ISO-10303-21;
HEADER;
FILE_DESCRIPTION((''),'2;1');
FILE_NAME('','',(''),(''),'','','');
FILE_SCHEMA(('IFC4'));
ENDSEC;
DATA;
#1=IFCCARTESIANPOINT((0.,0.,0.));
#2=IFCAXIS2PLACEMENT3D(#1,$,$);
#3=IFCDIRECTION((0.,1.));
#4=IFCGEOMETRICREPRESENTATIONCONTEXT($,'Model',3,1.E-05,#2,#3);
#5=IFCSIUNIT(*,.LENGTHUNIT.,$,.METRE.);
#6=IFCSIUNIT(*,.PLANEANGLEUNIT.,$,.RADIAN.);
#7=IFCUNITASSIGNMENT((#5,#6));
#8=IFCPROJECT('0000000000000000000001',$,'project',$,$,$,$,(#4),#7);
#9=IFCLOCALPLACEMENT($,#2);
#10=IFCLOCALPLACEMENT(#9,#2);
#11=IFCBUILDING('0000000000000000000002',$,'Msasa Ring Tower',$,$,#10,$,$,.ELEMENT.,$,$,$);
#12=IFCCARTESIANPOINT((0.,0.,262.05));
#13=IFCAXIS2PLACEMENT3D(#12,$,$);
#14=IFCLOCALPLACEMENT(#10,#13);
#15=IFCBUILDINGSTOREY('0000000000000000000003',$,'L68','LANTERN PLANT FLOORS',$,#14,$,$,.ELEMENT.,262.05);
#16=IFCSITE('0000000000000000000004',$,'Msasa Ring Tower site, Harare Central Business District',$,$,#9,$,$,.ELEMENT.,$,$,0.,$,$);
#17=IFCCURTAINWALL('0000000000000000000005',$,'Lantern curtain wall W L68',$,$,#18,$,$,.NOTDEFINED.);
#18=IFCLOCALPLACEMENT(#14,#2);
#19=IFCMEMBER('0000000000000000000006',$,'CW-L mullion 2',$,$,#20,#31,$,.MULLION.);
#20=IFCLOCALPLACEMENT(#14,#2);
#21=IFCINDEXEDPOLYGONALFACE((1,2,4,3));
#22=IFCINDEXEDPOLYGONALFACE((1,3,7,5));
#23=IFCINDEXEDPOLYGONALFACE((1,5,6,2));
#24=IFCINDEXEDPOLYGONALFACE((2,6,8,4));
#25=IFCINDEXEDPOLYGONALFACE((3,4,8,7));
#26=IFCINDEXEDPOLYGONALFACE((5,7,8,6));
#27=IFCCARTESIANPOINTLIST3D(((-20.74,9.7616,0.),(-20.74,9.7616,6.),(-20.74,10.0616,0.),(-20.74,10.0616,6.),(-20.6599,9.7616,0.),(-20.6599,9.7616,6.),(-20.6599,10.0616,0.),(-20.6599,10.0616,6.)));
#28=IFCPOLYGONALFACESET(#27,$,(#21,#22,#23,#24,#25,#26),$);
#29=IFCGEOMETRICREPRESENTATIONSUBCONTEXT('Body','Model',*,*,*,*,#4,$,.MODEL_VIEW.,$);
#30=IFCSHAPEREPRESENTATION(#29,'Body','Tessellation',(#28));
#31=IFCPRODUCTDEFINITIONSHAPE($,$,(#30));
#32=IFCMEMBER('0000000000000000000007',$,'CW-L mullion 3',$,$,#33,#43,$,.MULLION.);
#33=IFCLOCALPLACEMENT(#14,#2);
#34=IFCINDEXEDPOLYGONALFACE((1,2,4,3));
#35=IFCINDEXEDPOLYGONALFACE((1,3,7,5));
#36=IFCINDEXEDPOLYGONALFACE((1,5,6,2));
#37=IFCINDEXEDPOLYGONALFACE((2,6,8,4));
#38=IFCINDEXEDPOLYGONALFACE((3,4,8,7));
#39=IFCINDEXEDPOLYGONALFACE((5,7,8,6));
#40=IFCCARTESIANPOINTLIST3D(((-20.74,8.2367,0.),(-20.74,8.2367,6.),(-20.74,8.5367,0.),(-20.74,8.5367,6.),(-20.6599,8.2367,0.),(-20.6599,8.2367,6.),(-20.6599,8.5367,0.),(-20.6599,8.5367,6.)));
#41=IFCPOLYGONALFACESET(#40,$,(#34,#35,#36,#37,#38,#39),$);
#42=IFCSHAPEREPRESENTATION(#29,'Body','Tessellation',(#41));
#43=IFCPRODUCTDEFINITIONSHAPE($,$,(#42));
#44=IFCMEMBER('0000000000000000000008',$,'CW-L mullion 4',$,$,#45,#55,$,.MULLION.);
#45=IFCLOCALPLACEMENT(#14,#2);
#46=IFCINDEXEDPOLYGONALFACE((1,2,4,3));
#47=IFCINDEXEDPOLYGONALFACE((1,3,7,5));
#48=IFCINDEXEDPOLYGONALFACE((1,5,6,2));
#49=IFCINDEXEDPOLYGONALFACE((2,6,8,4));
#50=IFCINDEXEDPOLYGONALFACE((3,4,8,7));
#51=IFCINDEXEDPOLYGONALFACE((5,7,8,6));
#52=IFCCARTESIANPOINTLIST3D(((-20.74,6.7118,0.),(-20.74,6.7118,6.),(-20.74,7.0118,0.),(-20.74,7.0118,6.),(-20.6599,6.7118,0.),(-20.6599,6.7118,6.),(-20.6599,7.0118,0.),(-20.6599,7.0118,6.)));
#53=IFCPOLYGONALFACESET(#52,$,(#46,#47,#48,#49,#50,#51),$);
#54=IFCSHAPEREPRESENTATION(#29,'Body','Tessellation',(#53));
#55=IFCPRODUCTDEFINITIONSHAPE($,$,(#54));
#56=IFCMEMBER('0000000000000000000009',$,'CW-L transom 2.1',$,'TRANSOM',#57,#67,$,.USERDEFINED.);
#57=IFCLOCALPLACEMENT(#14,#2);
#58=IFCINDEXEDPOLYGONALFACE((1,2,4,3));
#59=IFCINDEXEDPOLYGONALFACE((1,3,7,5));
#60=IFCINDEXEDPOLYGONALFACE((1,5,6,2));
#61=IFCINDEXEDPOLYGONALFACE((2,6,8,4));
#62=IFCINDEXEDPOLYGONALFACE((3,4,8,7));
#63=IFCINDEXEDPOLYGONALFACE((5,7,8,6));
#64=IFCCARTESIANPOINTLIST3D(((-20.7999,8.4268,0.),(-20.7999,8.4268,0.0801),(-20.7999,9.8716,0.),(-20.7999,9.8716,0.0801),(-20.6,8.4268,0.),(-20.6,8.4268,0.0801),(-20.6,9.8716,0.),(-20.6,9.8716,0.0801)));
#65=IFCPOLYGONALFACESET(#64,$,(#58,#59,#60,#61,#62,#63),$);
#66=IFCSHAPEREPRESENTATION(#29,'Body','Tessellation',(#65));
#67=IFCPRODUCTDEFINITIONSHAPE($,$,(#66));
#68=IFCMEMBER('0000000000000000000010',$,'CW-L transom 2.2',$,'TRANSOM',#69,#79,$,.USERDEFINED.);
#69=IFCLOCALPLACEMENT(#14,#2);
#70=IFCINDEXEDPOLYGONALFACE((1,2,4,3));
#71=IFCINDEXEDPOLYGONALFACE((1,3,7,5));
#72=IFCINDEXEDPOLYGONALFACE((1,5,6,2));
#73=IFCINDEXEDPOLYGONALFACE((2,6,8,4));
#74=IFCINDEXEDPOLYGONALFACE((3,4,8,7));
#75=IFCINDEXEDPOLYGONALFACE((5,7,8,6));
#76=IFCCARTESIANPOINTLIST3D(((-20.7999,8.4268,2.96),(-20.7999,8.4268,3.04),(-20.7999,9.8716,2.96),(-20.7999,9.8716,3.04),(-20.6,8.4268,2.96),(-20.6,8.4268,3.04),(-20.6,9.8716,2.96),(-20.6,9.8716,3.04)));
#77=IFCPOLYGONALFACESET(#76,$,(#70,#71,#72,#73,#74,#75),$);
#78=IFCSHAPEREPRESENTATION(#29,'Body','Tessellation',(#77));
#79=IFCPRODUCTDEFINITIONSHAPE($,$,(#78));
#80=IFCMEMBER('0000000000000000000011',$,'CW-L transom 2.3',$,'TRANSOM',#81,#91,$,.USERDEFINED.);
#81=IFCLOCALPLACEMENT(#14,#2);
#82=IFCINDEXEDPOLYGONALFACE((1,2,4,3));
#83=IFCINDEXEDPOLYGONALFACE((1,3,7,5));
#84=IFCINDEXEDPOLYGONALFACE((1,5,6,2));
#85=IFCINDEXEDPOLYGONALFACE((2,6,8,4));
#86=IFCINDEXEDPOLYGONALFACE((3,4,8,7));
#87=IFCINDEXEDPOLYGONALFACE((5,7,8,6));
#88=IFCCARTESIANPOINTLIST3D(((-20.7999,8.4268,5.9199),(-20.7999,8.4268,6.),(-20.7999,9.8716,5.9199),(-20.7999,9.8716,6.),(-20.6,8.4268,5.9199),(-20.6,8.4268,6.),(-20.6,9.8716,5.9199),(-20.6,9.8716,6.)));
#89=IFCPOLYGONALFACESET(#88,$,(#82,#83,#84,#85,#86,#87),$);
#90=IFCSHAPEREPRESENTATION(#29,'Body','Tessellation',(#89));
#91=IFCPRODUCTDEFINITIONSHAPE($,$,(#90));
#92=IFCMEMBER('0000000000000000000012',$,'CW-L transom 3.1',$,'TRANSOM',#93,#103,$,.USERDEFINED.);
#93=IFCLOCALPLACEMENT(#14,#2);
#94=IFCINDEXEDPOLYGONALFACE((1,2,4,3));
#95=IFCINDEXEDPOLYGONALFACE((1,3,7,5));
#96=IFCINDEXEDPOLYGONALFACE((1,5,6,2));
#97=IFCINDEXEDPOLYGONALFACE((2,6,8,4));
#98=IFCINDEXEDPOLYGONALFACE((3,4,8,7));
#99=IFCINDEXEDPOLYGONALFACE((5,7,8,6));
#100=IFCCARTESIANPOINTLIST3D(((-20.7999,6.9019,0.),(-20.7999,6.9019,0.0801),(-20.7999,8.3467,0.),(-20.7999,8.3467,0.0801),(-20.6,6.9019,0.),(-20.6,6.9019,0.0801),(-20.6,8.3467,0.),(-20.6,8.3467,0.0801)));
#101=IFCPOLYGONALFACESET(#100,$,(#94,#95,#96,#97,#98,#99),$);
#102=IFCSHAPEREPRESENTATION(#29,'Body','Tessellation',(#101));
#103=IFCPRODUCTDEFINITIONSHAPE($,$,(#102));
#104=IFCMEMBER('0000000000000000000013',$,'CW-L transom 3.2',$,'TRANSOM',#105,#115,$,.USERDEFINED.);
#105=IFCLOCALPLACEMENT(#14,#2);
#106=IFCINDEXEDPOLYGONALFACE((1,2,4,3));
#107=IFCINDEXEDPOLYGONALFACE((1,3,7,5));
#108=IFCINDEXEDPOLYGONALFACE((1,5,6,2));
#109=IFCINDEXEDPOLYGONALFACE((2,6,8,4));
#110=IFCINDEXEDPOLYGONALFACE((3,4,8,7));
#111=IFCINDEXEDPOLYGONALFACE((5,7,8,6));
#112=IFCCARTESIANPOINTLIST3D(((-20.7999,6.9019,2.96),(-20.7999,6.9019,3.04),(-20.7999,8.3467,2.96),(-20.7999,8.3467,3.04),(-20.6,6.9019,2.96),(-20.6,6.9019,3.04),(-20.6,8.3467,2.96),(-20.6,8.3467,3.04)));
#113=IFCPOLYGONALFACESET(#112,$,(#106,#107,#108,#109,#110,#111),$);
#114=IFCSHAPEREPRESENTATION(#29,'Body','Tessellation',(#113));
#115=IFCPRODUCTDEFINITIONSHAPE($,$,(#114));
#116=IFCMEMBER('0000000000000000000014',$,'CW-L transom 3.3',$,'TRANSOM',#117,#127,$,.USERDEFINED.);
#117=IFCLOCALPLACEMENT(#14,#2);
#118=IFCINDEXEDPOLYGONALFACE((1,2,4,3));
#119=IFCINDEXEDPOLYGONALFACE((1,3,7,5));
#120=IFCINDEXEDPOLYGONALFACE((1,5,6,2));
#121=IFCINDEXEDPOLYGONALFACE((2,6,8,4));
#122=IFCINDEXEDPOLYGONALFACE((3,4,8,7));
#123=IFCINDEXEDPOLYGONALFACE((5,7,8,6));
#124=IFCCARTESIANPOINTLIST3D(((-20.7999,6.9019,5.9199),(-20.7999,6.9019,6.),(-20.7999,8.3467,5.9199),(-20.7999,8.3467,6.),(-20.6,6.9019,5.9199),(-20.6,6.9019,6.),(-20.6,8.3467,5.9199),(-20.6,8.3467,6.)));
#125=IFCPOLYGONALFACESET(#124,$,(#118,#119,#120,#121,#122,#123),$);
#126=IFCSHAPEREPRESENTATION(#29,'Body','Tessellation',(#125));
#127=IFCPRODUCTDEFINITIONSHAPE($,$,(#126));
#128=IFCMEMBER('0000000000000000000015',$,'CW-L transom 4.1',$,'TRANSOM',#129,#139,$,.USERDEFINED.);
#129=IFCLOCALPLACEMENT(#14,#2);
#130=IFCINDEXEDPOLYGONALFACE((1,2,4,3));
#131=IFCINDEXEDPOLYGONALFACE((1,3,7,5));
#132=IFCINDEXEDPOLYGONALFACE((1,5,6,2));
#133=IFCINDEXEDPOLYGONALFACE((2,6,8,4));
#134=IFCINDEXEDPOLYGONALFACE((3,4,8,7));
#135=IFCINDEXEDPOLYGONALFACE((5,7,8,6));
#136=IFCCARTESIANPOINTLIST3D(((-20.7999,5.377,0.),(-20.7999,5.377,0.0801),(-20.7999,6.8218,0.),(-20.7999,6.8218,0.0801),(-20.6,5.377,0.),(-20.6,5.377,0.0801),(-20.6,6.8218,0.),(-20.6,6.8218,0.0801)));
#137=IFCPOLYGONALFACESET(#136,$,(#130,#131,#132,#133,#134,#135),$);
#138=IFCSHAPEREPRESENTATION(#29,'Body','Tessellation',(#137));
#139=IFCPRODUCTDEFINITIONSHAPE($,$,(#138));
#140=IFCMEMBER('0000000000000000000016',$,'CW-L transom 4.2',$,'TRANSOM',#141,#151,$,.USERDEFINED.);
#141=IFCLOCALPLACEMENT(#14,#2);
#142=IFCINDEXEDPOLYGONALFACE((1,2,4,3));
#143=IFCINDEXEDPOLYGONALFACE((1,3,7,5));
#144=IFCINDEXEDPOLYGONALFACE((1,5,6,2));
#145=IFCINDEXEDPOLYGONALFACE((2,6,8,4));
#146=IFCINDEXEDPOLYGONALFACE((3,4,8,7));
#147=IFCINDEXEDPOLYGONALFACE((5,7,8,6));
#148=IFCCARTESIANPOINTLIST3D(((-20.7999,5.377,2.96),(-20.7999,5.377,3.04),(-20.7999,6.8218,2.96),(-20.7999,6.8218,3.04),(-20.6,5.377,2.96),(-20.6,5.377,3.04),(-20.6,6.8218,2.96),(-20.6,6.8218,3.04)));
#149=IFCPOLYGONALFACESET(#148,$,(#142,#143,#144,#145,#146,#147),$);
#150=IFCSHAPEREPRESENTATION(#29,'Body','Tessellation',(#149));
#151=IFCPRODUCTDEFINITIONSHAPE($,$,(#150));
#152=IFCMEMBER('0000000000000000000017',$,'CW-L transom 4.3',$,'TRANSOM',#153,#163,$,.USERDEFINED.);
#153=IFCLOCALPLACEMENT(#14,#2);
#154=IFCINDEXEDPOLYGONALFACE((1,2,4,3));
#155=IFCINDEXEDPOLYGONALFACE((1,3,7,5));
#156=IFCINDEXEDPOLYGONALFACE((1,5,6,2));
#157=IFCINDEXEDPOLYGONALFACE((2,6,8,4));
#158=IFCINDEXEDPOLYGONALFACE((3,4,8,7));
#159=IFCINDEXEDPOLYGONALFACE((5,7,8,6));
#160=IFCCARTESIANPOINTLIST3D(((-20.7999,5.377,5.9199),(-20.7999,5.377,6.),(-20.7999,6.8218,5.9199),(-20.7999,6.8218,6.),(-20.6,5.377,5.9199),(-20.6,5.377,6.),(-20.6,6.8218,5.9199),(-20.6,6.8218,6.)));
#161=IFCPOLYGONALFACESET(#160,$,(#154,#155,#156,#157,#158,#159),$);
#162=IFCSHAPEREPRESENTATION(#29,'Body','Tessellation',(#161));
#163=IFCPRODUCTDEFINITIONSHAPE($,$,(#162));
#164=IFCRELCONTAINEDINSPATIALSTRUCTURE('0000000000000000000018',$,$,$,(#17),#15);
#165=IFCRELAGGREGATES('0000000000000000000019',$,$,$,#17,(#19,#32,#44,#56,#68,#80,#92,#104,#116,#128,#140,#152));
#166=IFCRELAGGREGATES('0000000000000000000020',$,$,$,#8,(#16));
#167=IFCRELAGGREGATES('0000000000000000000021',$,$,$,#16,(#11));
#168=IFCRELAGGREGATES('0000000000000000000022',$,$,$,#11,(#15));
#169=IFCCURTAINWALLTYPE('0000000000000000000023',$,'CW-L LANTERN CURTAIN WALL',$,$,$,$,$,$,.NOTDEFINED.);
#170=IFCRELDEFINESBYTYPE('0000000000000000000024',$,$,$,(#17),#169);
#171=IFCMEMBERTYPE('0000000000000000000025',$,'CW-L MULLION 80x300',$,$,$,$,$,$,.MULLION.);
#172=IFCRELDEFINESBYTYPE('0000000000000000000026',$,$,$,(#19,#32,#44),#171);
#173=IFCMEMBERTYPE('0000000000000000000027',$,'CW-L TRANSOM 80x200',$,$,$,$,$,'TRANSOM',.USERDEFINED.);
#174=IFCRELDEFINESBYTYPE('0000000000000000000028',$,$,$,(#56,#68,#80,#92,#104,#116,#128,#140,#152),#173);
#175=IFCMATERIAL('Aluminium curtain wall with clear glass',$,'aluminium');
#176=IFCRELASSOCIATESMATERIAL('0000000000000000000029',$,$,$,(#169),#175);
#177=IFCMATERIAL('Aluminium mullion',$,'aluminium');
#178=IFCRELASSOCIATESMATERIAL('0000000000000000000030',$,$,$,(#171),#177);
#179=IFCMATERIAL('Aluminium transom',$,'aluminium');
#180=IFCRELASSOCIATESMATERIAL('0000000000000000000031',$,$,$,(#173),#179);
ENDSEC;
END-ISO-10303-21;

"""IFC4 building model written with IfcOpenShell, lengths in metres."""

from ifc_helpers import new_model, si_unit, direction, frame, origin, origin_2d, place, context, subcontext, project, spatial, rectangle, extrude, material, material_profile, profile_set, type_object, element, aggregate, save


model = new_model("IFC4")

# Units and contexts
model_context = context("Model", 3, precision=1e-05, world=origin(), true_north=direction((0.0, 1.0)))
body_context = subcontext(model_context, "Body", "Model", "MODEL_VIEW")
ifc_project = project(units=[si_unit("LENGTHUNIT", "METRE"), si_unit("PLANEANGLEUNIT", "RADIAN")], contexts=[model_context])

# Site, building, storey
site_placement = place(None, origin())
site = spatial("IfcSite", under=ifc_project, at=site_placement, Name="Msasa Ring Tower site, Harare Central Business District", CompositionType="ELEMENT", RefElevation=0.0)
building_placement = place(site_placement, origin())
building = spatial("IfcBuilding", under=site, at=building_placement, Name="Msasa Ring Tower", CompositionType="ELEMENT")
storey_placement = place(building_placement, frame((0.0, 0.0, 262.05)))
storey = spatial("IfcBuildingStorey", under=building, at=storey_placement, Name="L68", Description="LANTERN PLANT FLOORS", CompositionType="ELEMENT", Elevation=262.05)

# Curtain wall, members
ifc_material_1 = material(Name="Aluminium curtain wall with clear glass", Category="aluminium")
curtain_wall_type = type_object("IfcCurtainWallType", Name="CW-L LANTERN CURTAIN WALL", PredefinedType="NOTDEFINED", material=ifc_material_1)
curtain_wall_placement = place(storey_placement, origin())
curtain_wall = element("IfcCurtainWall", 1, at=curtain_wall_placement, inside=storey, type_object=curtain_wall_type, Name="Lantern curtain wall W L68", PredefinedType="NOTDEFINED")
ifc_material_2 = material(Name="Aluminium mullion", Category="aluminium")
ifc_material_profile_1 = material_profile(ifc_material_2, rectangle(XDim=0.0801, YDim=0.3, at=origin_2d()), Name="AL 80x300")
ifc_profile_set_1 = profile_set([ifc_material_profile_1], Name="Aluminium mullion")
member_type_1 = type_object("IfcMemberType", Name="CW-L MULLION 80x300", PredefinedType="MULLION", material=ifc_profile_set_1)
member_1_placement = place(storey_placement, frame((-20.7, 9.9116, 0.0), z_axis=(0.0, 0.0, 1.0), x_axis=(1.0, 0.0, 0.0)))
member_1 = element("IfcMember", 2, at=member_1_placement, type_object=member_type_1, Name="CW-L mullion 2", PredefinedType="MULLION", context=body_context, shape_type="SweptSolid", body=[
    extrude(rectangle(XDim=0.0801, YDim=0.3, at=origin_2d()), origin(), (0.0, 0.0, 1.0), 6.0),
])
member_2_placement = place(storey_placement, frame((-20.7, 8.3867, 0.0), z_axis=(0.0, 0.0, 1.0), x_axis=(1.0, 0.0, 0.0)))
member_2 = element("IfcMember", 3, at=member_2_placement, type_object=member_type_1, Name="CW-L mullion 3", PredefinedType="MULLION", context=body_context, shape_type="SweptSolid", body=[
    extrude(rectangle(XDim=0.0801, YDim=0.3, at=origin_2d()), origin(), (0.0, 0.0, 1.0), 6.0),
])
member_3_placement = place(storey_placement, frame((-20.7, 6.8618, 0.0), z_axis=(0.0, 0.0, 1.0), x_axis=(1.0, 0.0, 0.0)))
member_3 = element("IfcMember", 4, at=member_3_placement, type_object=member_type_1, Name="CW-L mullion 4", PredefinedType="MULLION", context=body_context, shape_type="SweptSolid", body=[
    extrude(rectangle(XDim=0.0801, YDim=0.3, at=origin_2d()), origin(), (0.0, 0.0, 1.0), 6.0),
])
ifc_material_3 = material(Name="Aluminium transom", Category="aluminium")
ifc_material_profile_2 = material_profile(ifc_material_3, rectangle(XDim=0.2, YDim=0.0801, at=origin_2d()), Name="AL 80x200")
ifc_profile_set_2 = profile_set([ifc_material_profile_2], Name="Aluminium transom")
member_type_2 = type_object("IfcMemberType", Name="CW-L TRANSOM 80x200", ElementType="TRANSOM", PredefinedType="USERDEFINED", material=ifc_profile_set_2)
member_4_placement = place(storey_placement, frame((-20.7, 9.8716, 0.04), z_axis=(0.0, -1.0, 0.0), x_axis=(1.0, 0.0, 0.0)))
member_4 = element("IfcMember", 5, at=member_4_placement, type_object=member_type_2, Name="CW-L transom 2.1", ObjectType="TRANSOM", PredefinedType="USERDEFINED", context=body_context, shape_type="SweptSolid", body=[
    extrude(rectangle(XDim=0.2, YDim=0.0801, at=origin_2d()), origin(), (0.0, 0.0, 1.0), 1.4448),
])
member_5_placement = place(storey_placement, frame((-20.7, 9.8716, 3.0), z_axis=(0.0, -1.0, 0.0), x_axis=(1.0, 0.0, 0.0)))
member_5 = element("IfcMember", 6, at=member_5_placement, type_object=member_type_2, Name="CW-L transom 2.2", ObjectType="TRANSOM", PredefinedType="USERDEFINED", context=body_context, shape_type="SweptSolid", body=[
    extrude(rectangle(XDim=0.2, YDim=0.0801, at=origin_2d()), origin(), (0.0, 0.0, 1.0), 1.4448),
])
member_6_placement = place(storey_placement, frame((-20.7, 9.8716, 5.96), z_axis=(0.0, -1.0, 0.0), x_axis=(1.0, 0.0, 0.0)))
member_6 = element("IfcMember", 7, at=member_6_placement, type_object=member_type_2, Name="CW-L transom 2.3", ObjectType="TRANSOM", PredefinedType="USERDEFINED", context=body_context, shape_type="SweptSolid", body=[
    extrude(rectangle(XDim=0.2, YDim=0.0801, at=origin_2d()), origin(), (0.0, 0.0, 1.0), 1.4448),
])
member_7_placement = place(storey_placement, frame((-20.7, 8.3467, 0.04), z_axis=(0.0, -1.0, 0.0), x_axis=(1.0, 0.0, 0.0)))
member_7 = element("IfcMember", 8, at=member_7_placement, type_object=member_type_2, Name="CW-L transom 3.1", ObjectType="TRANSOM", PredefinedType="USERDEFINED", context=body_context, shape_type="SweptSolid", body=[
    extrude(rectangle(XDim=0.2, YDim=0.0801, at=origin_2d()), origin(), (0.0, 0.0, 1.0), 1.4448),
])
member_8_placement = place(storey_placement, frame((-20.7, 8.3467, 3.0), z_axis=(0.0, -1.0, 0.0), x_axis=(1.0, 0.0, 0.0)))
member_8 = element("IfcMember", 9, at=member_8_placement, type_object=member_type_2, Name="CW-L transom 3.2", ObjectType="TRANSOM", PredefinedType="USERDEFINED", context=body_context, shape_type="SweptSolid", body=[
    extrude(rectangle(XDim=0.2, YDim=0.0801, at=origin_2d()), origin(), (0.0, 0.0, 1.0), 1.4448),
])
member_9_placement = place(storey_placement, frame((-20.7, 8.3467, 5.96), z_axis=(0.0, -1.0, 0.0), x_axis=(1.0, 0.0, 0.0)))
member_9 = element("IfcMember", 10, at=member_9_placement, type_object=member_type_2, Name="CW-L transom 3.3", ObjectType="TRANSOM", PredefinedType="USERDEFINED", context=body_context, shape_type="SweptSolid", body=[
    extrude(rectangle(XDim=0.2, YDim=0.0801, at=origin_2d()), origin(), (0.0, 0.0, 1.0), 1.4448),
])
member_10_placement = place(storey_placement, frame((-20.7, 6.8218, 0.04), z_axis=(0.0, -1.0, 0.0), x_axis=(1.0, 0.0, 0.0)))
member_10 = element("IfcMember", 11, at=member_10_placement, type_object=member_type_2, Name="CW-L transom 4.1", ObjectType="TRANSOM", PredefinedType="USERDEFINED", context=body_context, shape_type="SweptSolid", body=[
    extrude(rectangle(XDim=0.2, YDim=0.0801, at=origin_2d()), origin(), (0.0, 0.0, 1.0), 1.4448),
])
member_11_placement = place(storey_placement, frame((-20.7, 6.8218, 3.0), z_axis=(0.0, -1.0, 0.0), x_axis=(1.0, 0.0, 0.0)))
member_11 = element("IfcMember", 12, at=member_11_placement, type_object=member_type_2, Name="CW-L transom 4.2", ObjectType="TRANSOM", PredefinedType="USERDEFINED", context=body_context, shape_type="SweptSolid", body=[
    extrude(rectangle(XDim=0.2, YDim=0.0801, at=origin_2d()), origin(), (0.0, 0.0, 1.0), 1.4448),
])
member_12_placement = place(storey_placement, frame((-20.7, 6.8218, 5.96), z_axis=(0.0, -1.0, 0.0), x_axis=(1.0, 0.0, 0.0)))
member_12 = element("IfcMember", 13, at=member_12_placement, type_object=member_type_2, Name="CW-L transom 4.3", ObjectType="TRANSOM", PredefinedType="USERDEFINED", context=body_context, shape_type="SweptSolid", body=[
    extrude(rectangle(XDim=0.2, YDim=0.0801, at=origin_2d()), origin(), (0.0, 0.0, 1.0), 1.4448),
])

aggregate(curtain_wall, [member_1, member_2, member_3, member_4, member_5, member_6, member_7, member_8, member_9, member_10, member_11, member_12])

save(model, "model.ifc")
